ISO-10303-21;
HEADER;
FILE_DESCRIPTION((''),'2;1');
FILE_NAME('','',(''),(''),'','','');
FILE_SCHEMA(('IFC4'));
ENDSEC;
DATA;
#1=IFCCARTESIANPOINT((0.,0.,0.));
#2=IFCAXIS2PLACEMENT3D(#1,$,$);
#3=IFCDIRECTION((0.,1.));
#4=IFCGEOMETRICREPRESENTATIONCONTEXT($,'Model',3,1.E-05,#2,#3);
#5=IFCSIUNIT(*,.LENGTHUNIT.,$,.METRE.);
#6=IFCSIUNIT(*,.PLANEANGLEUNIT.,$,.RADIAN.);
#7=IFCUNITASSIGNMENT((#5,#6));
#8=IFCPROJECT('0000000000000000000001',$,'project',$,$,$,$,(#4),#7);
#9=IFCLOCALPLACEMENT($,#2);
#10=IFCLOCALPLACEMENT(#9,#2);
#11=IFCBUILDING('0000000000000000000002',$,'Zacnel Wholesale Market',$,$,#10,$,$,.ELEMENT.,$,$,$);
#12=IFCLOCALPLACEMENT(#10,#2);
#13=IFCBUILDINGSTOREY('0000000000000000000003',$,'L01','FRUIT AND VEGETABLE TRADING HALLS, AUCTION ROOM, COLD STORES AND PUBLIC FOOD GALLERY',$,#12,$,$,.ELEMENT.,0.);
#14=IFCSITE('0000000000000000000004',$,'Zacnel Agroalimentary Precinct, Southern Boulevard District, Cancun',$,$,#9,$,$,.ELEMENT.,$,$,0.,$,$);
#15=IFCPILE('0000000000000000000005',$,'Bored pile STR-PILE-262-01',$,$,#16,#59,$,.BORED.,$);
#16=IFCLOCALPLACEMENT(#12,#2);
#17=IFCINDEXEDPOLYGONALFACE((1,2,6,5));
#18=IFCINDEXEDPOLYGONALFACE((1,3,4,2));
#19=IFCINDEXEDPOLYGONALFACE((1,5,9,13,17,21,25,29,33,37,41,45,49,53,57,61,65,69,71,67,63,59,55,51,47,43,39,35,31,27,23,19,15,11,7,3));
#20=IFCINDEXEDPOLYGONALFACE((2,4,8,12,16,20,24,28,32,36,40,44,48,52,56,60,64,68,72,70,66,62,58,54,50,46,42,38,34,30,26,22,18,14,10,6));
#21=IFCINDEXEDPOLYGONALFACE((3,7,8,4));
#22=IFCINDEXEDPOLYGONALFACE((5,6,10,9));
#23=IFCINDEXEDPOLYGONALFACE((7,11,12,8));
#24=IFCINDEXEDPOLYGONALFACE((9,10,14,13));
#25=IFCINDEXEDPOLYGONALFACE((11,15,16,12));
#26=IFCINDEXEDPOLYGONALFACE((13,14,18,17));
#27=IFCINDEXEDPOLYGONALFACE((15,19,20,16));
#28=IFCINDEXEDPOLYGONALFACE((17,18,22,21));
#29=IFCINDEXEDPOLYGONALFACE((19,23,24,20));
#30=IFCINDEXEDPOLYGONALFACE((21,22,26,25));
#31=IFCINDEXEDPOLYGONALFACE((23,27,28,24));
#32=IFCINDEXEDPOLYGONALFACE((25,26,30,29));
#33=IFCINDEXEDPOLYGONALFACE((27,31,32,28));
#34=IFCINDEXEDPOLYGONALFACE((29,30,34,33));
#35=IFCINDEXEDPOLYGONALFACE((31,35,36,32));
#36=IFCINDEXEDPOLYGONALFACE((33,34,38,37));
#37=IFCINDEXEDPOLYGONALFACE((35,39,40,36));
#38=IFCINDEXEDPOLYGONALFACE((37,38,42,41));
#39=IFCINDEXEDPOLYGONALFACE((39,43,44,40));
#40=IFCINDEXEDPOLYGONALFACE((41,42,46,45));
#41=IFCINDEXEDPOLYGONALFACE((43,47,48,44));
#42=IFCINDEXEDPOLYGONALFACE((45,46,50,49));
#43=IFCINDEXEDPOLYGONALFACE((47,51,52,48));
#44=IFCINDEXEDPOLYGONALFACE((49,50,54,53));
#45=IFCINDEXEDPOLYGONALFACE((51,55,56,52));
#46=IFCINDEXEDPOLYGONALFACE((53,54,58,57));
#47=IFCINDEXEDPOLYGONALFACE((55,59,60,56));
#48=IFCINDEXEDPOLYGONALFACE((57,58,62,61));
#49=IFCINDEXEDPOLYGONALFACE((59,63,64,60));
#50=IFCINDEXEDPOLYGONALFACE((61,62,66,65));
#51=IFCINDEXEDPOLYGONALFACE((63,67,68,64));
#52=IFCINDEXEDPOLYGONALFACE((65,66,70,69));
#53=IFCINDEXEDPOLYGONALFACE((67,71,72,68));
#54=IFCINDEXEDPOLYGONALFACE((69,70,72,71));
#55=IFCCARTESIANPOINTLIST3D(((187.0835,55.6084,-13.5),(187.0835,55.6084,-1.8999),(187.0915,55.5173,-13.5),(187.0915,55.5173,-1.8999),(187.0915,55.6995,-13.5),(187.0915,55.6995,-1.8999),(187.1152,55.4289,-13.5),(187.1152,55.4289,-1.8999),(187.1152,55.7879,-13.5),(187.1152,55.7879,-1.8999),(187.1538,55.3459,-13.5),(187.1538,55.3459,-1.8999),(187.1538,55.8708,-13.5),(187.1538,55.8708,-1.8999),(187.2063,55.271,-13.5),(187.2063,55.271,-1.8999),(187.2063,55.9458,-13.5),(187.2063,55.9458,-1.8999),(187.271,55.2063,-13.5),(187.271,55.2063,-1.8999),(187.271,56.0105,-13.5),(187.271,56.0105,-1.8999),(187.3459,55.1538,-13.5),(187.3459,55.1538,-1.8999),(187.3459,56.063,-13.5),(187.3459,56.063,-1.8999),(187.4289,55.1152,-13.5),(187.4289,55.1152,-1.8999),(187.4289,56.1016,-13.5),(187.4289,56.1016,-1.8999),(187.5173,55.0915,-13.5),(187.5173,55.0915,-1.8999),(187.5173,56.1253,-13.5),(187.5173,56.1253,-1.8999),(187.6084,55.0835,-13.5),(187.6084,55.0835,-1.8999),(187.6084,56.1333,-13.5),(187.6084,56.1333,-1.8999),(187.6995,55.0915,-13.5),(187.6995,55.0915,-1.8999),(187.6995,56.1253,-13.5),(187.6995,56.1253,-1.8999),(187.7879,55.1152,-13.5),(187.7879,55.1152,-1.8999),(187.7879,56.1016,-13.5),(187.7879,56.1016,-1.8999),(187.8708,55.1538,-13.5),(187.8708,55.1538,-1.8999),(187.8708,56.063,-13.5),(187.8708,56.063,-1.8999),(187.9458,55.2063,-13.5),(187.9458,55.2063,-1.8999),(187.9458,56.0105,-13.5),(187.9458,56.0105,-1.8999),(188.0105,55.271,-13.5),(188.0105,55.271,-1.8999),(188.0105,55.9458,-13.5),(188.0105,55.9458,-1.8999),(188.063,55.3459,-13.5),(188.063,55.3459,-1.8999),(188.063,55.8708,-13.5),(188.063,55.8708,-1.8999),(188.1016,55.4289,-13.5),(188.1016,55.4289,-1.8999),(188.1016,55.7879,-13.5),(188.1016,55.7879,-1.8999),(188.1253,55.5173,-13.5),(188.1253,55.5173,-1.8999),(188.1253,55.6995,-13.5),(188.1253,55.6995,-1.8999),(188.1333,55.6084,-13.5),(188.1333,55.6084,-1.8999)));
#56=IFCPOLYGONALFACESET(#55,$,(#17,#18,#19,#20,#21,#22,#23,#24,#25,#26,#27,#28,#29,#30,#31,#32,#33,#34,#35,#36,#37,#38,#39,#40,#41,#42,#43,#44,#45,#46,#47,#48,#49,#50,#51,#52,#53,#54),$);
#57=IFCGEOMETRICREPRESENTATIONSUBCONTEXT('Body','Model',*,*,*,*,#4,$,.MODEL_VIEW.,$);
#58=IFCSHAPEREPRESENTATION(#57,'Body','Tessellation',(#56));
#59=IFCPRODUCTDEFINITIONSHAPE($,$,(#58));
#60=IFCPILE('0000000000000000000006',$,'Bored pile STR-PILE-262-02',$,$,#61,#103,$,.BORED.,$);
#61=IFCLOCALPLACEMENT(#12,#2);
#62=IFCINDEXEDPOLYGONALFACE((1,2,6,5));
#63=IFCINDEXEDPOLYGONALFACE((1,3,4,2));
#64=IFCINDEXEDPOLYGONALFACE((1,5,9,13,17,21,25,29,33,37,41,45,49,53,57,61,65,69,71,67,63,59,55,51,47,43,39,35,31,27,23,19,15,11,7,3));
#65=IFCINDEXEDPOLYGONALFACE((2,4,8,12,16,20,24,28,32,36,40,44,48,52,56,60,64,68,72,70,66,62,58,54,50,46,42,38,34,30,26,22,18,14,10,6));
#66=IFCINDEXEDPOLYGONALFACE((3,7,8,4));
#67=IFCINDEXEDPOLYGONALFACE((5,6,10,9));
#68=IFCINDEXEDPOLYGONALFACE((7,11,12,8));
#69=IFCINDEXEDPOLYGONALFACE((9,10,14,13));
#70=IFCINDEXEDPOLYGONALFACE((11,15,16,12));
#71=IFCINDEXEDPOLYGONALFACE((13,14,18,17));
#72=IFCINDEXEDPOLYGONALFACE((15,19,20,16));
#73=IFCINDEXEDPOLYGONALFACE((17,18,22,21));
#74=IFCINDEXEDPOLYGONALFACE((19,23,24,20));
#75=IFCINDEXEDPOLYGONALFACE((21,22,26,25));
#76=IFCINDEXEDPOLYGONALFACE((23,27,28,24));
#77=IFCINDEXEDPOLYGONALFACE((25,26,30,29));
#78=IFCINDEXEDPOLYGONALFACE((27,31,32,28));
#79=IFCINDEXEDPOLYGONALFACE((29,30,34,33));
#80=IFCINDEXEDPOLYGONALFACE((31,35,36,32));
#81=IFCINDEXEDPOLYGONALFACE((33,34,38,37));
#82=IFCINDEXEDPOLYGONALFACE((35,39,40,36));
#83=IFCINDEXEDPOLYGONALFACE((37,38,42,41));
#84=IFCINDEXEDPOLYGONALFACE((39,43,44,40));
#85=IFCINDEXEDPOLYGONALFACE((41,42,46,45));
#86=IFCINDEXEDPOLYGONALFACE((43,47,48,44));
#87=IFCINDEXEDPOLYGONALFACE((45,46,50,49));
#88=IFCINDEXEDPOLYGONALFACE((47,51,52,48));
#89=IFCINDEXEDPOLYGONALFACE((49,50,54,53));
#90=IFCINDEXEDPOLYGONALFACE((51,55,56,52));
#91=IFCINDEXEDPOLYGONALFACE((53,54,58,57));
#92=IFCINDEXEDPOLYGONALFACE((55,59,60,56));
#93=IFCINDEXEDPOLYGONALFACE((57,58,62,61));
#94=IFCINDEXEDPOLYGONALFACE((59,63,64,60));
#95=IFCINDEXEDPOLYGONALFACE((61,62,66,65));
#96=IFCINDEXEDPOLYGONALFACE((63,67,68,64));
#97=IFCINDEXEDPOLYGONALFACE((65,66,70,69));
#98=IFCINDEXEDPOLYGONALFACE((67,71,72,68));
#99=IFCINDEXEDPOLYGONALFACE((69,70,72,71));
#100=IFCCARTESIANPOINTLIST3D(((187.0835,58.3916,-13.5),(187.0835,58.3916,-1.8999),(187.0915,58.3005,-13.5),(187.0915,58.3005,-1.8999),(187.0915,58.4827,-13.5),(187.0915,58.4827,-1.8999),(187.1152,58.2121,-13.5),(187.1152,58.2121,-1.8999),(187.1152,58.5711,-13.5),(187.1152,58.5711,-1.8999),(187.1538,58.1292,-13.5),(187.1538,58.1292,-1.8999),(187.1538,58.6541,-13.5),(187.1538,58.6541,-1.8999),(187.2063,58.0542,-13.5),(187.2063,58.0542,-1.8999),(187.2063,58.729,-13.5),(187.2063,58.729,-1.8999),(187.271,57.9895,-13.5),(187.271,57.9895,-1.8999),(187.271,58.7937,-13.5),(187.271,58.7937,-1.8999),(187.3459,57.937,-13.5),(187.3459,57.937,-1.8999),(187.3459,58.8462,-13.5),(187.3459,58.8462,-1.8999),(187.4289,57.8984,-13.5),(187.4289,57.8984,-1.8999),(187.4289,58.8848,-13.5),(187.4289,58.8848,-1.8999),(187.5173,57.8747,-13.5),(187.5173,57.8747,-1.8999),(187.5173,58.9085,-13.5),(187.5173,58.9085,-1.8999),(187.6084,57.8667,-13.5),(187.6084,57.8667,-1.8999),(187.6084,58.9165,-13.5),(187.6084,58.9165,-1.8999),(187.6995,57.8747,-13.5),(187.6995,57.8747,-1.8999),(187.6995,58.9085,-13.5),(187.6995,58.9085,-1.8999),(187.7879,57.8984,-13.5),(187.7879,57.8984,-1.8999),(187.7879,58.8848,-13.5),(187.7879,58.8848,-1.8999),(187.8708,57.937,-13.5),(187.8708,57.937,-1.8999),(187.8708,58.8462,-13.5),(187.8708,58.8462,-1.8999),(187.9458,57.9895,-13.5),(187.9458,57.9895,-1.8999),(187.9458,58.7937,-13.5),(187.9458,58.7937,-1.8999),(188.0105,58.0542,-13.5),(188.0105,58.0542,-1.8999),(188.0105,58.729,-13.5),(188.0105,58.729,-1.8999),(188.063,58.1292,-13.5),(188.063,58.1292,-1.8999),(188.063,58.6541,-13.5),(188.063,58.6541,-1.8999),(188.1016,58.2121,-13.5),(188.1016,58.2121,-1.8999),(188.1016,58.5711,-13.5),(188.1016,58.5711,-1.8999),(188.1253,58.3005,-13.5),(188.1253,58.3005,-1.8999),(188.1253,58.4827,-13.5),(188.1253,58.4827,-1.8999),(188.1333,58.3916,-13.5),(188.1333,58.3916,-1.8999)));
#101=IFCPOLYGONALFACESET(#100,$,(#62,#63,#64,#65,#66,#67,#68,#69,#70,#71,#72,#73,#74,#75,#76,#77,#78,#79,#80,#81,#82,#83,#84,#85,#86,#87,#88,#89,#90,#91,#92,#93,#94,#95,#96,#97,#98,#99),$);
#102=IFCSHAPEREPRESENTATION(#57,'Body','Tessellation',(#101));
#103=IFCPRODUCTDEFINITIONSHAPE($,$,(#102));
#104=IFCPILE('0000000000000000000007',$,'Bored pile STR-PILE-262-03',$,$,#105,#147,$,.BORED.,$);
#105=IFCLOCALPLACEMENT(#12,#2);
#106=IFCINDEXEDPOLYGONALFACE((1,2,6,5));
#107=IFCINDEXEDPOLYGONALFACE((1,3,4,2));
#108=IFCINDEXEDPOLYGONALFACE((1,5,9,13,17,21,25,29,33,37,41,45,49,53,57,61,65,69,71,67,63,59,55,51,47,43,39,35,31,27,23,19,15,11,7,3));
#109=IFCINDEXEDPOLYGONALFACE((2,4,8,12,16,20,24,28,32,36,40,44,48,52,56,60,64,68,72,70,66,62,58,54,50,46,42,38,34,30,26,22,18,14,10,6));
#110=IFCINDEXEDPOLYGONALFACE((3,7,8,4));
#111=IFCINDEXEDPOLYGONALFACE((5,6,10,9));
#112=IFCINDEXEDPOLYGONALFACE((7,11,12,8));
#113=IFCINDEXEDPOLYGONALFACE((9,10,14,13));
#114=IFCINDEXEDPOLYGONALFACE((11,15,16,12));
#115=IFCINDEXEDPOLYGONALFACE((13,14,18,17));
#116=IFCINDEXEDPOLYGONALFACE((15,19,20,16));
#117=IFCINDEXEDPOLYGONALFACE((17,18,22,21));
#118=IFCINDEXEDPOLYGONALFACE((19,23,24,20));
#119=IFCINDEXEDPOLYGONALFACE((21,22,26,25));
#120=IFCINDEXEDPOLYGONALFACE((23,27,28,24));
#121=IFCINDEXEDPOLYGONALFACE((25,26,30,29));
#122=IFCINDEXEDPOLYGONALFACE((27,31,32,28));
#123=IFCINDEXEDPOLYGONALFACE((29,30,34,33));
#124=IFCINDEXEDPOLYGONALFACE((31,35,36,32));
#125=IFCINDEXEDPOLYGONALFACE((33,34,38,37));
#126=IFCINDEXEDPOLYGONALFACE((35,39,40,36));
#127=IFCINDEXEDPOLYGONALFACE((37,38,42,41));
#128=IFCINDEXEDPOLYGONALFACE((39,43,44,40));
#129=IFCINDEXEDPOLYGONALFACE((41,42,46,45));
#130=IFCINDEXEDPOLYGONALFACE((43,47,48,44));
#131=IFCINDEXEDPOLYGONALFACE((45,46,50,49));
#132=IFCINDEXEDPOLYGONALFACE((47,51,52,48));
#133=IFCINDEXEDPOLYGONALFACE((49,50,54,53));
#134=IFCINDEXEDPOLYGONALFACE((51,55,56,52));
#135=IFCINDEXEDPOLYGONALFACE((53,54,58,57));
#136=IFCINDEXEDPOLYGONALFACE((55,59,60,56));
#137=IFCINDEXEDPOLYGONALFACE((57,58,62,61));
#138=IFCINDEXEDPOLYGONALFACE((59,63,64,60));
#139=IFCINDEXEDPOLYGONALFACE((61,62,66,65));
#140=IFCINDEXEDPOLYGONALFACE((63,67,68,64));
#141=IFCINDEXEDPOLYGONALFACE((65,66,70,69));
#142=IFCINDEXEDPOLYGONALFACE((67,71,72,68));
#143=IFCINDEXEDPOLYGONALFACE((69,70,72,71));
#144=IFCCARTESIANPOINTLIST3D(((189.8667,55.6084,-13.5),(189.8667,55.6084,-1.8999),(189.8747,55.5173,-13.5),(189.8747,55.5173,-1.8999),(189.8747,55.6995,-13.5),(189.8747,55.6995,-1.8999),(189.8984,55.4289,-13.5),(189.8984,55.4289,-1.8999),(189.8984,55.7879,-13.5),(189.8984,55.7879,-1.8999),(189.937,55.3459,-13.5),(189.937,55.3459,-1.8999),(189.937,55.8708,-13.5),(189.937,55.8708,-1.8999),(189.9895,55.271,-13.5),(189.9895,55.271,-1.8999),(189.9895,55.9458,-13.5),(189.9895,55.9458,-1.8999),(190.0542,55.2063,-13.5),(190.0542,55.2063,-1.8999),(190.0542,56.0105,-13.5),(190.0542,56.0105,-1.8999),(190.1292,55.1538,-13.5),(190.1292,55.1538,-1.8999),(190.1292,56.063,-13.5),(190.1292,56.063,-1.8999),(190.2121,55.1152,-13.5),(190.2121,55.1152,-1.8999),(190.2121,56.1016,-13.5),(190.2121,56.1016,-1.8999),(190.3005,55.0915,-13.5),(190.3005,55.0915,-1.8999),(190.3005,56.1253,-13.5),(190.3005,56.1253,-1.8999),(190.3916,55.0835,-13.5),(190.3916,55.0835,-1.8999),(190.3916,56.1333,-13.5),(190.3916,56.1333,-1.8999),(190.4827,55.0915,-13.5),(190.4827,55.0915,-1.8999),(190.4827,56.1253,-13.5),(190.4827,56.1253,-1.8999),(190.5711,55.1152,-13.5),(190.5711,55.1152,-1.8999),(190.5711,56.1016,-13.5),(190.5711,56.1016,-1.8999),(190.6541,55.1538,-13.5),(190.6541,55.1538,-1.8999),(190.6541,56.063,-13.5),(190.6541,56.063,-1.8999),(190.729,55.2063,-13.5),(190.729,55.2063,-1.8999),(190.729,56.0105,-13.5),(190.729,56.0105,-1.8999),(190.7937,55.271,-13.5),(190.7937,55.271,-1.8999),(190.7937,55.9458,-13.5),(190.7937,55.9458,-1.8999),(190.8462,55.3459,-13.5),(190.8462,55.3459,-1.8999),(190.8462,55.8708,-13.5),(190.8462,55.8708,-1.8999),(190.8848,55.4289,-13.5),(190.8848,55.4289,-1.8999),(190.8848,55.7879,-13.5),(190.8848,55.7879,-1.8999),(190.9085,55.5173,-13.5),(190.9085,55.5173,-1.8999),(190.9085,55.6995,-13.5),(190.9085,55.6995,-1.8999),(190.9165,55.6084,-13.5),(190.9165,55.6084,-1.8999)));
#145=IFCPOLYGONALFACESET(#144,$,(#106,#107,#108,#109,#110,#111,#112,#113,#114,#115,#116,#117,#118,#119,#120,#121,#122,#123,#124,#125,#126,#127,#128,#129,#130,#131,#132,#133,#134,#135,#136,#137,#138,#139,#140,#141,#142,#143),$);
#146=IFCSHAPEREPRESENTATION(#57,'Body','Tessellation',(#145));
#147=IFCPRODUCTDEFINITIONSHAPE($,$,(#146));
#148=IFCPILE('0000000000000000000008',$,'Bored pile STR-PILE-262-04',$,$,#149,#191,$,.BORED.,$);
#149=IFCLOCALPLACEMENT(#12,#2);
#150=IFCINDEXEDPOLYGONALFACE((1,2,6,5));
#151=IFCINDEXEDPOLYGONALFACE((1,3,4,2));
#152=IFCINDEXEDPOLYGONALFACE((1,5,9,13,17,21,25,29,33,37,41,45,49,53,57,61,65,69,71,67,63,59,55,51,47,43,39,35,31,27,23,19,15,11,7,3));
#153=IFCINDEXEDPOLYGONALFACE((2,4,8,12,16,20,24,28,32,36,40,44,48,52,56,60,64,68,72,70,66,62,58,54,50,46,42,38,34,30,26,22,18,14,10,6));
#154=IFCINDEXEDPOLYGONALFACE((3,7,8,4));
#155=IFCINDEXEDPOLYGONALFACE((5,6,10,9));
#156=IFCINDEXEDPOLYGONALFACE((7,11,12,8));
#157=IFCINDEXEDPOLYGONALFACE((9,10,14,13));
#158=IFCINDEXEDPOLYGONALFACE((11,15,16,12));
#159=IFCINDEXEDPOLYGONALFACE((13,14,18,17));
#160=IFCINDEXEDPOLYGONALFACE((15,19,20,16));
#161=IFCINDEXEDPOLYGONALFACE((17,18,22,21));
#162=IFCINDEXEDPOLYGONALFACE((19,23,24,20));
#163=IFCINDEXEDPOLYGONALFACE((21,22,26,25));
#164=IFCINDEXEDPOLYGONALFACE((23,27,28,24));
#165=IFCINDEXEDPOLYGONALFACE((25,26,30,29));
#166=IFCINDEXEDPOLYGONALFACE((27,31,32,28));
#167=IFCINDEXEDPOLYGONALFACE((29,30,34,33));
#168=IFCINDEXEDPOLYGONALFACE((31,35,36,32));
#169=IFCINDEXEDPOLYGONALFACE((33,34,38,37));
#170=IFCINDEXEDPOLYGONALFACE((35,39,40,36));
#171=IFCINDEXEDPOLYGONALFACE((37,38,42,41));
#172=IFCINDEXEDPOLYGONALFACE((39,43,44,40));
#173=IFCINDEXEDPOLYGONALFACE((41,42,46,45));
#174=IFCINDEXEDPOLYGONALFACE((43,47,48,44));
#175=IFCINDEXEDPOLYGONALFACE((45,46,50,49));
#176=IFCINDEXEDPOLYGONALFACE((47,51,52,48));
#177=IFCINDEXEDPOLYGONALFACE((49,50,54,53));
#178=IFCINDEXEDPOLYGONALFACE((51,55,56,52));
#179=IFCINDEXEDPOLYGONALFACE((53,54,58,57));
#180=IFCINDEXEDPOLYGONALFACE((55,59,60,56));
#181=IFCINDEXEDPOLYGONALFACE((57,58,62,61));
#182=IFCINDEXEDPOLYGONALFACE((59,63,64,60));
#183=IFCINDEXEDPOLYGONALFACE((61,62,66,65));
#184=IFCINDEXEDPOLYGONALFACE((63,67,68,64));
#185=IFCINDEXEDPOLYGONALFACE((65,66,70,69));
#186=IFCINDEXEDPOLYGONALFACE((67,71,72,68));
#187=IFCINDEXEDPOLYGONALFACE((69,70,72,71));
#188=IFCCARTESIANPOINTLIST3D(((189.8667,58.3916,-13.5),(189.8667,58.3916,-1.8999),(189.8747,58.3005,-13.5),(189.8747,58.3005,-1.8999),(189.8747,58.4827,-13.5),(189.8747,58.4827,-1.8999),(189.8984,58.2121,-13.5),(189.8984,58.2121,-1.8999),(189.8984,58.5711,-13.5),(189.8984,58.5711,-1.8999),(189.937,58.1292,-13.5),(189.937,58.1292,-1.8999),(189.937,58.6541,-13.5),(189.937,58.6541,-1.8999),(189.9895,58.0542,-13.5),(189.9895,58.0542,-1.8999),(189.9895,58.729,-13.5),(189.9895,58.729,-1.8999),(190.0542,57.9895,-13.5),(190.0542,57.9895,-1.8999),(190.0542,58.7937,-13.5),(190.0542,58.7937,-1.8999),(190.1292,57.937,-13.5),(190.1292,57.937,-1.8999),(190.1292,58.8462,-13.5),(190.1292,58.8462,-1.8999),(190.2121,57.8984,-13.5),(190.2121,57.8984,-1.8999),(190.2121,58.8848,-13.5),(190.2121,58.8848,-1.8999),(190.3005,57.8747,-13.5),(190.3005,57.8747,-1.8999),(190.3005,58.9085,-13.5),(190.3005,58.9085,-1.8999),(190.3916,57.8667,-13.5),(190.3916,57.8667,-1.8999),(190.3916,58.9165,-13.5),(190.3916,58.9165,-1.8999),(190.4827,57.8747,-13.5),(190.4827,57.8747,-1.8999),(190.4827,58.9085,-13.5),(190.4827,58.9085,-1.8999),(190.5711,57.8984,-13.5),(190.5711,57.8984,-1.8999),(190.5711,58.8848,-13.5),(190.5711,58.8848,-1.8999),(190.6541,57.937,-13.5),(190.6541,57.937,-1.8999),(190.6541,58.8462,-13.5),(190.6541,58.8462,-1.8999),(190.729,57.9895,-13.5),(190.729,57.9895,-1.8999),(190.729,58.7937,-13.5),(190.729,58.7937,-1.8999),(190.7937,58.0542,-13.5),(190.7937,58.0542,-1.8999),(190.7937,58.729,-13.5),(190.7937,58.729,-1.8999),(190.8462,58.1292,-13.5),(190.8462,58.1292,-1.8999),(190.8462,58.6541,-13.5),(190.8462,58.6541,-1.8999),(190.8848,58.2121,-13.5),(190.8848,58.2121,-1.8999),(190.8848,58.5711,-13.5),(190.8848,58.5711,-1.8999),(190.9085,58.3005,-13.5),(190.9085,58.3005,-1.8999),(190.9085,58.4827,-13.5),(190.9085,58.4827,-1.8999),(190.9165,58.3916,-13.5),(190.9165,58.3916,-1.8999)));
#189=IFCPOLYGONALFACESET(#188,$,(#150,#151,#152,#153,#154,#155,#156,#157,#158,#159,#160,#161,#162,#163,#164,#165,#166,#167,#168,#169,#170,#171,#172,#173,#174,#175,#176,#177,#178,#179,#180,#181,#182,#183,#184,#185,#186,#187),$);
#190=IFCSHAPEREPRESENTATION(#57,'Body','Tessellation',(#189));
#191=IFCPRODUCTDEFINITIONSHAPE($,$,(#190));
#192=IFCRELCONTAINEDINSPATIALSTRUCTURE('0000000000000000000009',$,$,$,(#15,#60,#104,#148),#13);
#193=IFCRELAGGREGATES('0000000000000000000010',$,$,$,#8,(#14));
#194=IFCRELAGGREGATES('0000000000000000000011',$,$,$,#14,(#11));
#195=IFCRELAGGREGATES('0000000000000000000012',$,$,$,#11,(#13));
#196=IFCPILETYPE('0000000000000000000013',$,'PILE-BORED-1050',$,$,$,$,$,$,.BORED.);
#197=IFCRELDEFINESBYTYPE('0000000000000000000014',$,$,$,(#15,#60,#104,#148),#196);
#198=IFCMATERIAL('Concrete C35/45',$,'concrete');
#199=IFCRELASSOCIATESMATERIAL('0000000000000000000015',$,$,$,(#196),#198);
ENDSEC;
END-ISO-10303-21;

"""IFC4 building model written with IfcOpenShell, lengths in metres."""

from ifc_helpers import new_model, si_unit, direction, frame, origin, origin_2d, place, context, subcontext, project, spatial, circle, extrude, material, material_profile, profile_set, type_object, element, save


model = new_model("IFC4")

# Units and contexts
model_context = context("Model", 3, precision=1e-05, world=origin(), true_north=direction((0.0, 1.0)))
body_context = subcontext(model_context, "Body", "Model", "MODEL_VIEW")
ifc_project = project(units=[si_unit("LENGTHUNIT", "METRE"), si_unit("PLANEANGLEUNIT", "RADIAN")], contexts=[model_context])

# Site, building, storey
site_placement = place(None, origin())
site = spatial("IfcSite", under=ifc_project, at=site_placement, Name="Zacnel Agroalimentary Precinct, Southern Boulevard District, Cancun", CompositionType="ELEMENT", RefElevation=0.0)
building_placement = place(site_placement, origin())
building = spatial("IfcBuilding", under=site, at=building_placement, Name="Zacnel Wholesale Market", CompositionType="ELEMENT")
storey_placement = place(building_placement, origin())
storey = spatial("IfcBuildingStorey", under=building, at=storey_placement, Name="L01", Description="FRUIT AND VEGETABLE TRADING HALLS, AUCTION ROOM, COLD STORES AND PUBLIC FOOD GALLERY", CompositionType="ELEMENT", Elevation=0.0)

# Piles
ifc_material_1 = material(Name="Concrete C35/45", Category="concrete")
ifc_material_profile_1 = material_profile(ifc_material_1, circle(Radius=0.5249, at=origin_2d()), Name="BORED PILE D1050")
ifc_profile_set_1 = profile_set([ifc_material_profile_1], Name="Concrete C35/45")
pile_type = type_object("IfcPileType", Name="PILE-BORED-1050", PredefinedType="BORED", material=ifc_profile_set_1)
for number, where, z_axis, x_axis, name in (
    (1, (187.6084, 55.6084, -1.8999), (0.0, 0.0, -1.0), (1.0, 0.0, 0.0), "Bored pile STR-PILE-262-01"),
    (2, (187.6084, 58.3916, -1.8999), (0.0, 0.0, -1.0), (1.0, 0.0, 0.0), "Bored pile STR-PILE-262-02"),
    (3, (190.3916, 55.6084, -1.8999), (0.0, 0.0, -1.0), (1.0, 0.0, 0.0), "Bored pile STR-PILE-262-03"),
    (4, (190.3916, 58.3916, -1.8999), (0.0, 0.0, -1.0), (1.0, 0.0, 0.0), "Bored pile STR-PILE-262-04"),
):
    element("IfcPile", number, at=place(storey_placement, frame(where, z_axis=z_axis, x_axis=x_axis)), inside=storey, type_object=pile_type, Name=name, PredefinedType="BORED", context=body_context, shape_type="SweptSolid", body=[
        extrude(circle(Radius=0.5249, at=origin_2d()), origin(), (0.0, 0.0, 1.0), 11.6001),
    ])

save(model, "model.ifc")
